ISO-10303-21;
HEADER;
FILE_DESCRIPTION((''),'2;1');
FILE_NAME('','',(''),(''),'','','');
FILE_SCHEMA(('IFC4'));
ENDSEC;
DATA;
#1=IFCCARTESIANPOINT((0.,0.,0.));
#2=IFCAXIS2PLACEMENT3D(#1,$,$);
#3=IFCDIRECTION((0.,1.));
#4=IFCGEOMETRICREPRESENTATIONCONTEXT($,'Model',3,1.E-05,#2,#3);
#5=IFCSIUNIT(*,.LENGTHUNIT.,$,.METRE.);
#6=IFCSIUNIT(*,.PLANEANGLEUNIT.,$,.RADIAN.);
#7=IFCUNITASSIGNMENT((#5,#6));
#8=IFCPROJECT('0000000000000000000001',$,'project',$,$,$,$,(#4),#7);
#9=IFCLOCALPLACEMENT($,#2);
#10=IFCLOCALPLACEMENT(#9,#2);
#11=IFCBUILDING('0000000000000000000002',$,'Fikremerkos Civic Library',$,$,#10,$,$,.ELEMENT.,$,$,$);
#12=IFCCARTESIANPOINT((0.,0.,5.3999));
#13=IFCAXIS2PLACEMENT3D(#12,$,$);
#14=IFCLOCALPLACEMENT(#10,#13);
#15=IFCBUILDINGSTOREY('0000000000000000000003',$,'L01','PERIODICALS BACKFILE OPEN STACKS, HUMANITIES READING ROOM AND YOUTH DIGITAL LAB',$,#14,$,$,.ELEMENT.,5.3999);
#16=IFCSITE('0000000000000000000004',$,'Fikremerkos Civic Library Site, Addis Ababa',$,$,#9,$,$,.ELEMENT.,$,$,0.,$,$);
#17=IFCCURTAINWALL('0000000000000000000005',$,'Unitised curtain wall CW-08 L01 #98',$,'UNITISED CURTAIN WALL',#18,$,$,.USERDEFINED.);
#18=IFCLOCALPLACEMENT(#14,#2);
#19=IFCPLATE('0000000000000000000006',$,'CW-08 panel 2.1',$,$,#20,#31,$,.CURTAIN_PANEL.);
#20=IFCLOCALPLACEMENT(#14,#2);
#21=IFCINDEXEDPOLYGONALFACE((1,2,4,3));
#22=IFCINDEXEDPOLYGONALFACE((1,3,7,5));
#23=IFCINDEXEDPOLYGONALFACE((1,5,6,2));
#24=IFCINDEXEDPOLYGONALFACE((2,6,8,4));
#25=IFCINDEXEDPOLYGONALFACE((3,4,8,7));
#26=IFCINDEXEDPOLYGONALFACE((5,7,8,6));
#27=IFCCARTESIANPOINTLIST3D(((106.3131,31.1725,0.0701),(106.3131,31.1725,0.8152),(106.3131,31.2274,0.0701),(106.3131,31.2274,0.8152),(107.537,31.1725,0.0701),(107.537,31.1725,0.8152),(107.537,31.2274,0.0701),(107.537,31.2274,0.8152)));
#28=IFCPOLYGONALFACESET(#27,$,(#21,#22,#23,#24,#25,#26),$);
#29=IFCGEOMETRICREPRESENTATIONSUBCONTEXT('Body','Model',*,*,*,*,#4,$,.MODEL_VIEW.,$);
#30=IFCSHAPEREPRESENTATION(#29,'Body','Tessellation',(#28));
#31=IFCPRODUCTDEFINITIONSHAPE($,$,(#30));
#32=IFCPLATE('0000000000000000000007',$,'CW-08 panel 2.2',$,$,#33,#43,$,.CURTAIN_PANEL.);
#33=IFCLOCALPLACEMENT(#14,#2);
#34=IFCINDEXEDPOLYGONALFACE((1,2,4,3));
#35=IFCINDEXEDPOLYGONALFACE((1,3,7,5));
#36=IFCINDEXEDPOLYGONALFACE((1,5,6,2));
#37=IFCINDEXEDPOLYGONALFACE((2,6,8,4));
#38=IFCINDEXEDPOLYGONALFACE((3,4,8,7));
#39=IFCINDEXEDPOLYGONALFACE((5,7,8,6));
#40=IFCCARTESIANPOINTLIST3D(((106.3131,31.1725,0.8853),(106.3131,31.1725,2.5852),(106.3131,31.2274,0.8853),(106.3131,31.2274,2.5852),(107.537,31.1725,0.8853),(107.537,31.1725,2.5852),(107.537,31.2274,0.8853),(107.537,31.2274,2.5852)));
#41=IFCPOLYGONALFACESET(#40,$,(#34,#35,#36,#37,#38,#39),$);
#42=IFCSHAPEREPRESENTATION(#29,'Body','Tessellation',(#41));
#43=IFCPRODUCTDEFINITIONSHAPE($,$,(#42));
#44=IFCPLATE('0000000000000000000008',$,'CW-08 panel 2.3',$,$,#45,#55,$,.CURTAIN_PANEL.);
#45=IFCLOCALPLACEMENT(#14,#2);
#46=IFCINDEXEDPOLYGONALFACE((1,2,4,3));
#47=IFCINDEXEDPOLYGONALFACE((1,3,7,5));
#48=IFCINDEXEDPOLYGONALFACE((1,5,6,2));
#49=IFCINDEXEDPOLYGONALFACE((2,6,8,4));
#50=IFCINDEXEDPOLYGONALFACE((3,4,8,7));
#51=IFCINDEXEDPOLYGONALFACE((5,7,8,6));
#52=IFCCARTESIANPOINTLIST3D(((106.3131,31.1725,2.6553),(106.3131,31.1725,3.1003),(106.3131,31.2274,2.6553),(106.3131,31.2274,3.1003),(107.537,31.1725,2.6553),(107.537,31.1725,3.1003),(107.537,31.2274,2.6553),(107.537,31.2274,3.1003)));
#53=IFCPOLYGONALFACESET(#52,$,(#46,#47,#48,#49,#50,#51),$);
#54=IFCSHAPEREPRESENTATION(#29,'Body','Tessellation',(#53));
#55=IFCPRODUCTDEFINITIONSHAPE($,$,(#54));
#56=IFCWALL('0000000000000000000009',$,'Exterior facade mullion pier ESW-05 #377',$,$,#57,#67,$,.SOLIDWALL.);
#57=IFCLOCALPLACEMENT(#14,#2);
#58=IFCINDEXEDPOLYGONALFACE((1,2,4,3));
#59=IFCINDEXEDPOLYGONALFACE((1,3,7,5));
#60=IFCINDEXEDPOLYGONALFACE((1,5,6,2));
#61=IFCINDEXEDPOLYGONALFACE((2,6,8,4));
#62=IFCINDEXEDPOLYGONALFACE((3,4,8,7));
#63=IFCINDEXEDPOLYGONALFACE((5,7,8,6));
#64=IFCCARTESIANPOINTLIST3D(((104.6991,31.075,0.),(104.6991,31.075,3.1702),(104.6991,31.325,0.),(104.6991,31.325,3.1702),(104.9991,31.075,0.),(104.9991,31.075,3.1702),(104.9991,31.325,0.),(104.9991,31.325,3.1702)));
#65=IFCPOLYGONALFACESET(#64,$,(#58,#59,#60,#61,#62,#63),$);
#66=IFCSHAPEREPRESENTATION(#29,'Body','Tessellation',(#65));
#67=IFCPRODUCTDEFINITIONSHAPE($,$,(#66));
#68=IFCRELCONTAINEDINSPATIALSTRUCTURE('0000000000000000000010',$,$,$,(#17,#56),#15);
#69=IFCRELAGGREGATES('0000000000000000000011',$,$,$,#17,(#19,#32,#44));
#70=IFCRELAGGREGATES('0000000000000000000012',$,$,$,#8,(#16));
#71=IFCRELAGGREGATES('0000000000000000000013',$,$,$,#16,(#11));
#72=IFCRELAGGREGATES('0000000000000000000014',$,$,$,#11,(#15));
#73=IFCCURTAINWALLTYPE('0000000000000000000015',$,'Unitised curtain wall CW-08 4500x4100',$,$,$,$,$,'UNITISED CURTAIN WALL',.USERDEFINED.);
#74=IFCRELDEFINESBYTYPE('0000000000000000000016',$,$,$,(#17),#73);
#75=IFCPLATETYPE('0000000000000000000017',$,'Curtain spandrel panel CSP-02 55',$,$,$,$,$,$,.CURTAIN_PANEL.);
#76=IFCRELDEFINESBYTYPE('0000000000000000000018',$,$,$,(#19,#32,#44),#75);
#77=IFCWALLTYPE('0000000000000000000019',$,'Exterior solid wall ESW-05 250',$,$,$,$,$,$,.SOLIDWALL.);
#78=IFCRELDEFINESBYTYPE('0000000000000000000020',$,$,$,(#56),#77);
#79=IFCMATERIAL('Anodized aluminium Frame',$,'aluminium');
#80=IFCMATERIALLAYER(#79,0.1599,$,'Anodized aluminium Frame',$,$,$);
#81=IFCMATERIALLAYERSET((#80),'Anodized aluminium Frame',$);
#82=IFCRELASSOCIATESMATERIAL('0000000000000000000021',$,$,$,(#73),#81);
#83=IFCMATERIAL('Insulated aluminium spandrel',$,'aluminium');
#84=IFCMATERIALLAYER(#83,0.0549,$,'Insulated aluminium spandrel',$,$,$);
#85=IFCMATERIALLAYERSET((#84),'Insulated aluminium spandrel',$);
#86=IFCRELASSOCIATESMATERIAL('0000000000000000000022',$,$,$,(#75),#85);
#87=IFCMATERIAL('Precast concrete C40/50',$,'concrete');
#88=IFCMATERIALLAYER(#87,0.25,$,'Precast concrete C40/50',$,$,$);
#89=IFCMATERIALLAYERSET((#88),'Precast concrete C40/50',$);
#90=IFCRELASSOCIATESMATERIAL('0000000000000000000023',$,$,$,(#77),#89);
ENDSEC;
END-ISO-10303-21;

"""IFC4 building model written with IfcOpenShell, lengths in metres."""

from ifc_helpers import new_model, si_unit, direction, frame, frame_2d, origin, origin_2d, place, context, subcontext, project, spatial, rectangle, extrude, material, layer, layer_set, type_object, element, aggregate, save


model = new_model("IFC4")

# Units and contexts
model_context = context("Model", 3, precision=1e-05, world=origin(), true_north=direction((0.0, 1.0)))
body_context = subcontext(model_context, "Body", "Model", "MODEL_VIEW")
ifc_project = project(units=[si_unit("LENGTHUNIT", "METRE"), si_unit("PLANEANGLEUNIT", "RADIAN")], contexts=[model_context])

# Site, building, storey
site_placement = place(None, origin())
site = spatial("IfcSite", under=ifc_project, at=site_placement, Name="Fikremerkos Civic Library Site, Addis Ababa", CompositionType="ELEMENT", RefElevation=0.0)
building_placement = place(site_placement, origin())
building = spatial("IfcBuilding", under=site, at=building_placement, Name="Fikremerkos Civic Library", CompositionType="ELEMENT")
storey_placement = place(building_placement, frame((0.0, 0.0, 5.3999)))
storey = spatial("IfcBuildingStorey", under=building, at=storey_placement, Name="L01", Description="PERIODICALS BACKFILE OPEN STACKS, HUMANITIES READING ROOM AND YOUTH DIGITAL LAB", CompositionType="ELEMENT", Elevation=5.3999)

# Curtain wall
ifc_material_1 = material(Name="Anodized aluminium Frame", Category="aluminium")
ifc_layer_1 = layer(ifc_material_1, 0.1599, Name="Anodized aluminium Frame")
ifc_layer_set_1 = layer_set([ifc_layer_1], Name="Anodized aluminium Frame")
curtain_wall_type_1 = type_object("IfcCurtainWallType", Name="Unitised curtain wall CW-08 4500x4100", ElementType="UNITISED CURTAIN WALL", PredefinedType="USERDEFINED", material=ifc_layer_set_1)
curtain_wall_1_placement = place(storey_placement, origin())
curtain_wall_1 = element("IfcCurtainWall", 1, at=curtain_wall_1_placement, inside=storey, type_object=curtain_wall_type_1, Name="Unitised curtain wall CW-08 L01 #98", ObjectType="UNITISED CURTAIN WALL", PredefinedType="USERDEFINED")

# Plates
ifc_material_2 = material(Name="Insulated aluminium spandrel", Category="aluminium")
ifc_layer_2 = layer(ifc_material_2, 0.0549, Name="Insulated aluminium spandrel")
ifc_layer_set_2 = layer_set([ifc_layer_2], Name="Insulated aluminium spandrel")
plate_type_1 = type_object("IfcPlateType", Name="Curtain spandrel panel CSP-02 55", PredefinedType="CURTAIN_PANEL", material=ifc_layer_set_2)
plate_1_placement = place(storey_placement, frame((106.925, 31.2, 0.0701), z_axis=(0.0, 0.0, 1.0), x_axis=(1.0, 0.0, 0.0)))
plate_1 = element("IfcPlate", 2, at=plate_1_placement, type_object=plate_type_1, Name="CW-08 panel 2.1", PredefinedType="CURTAIN_PANEL", context=body_context, shape_type="SweptSolid", body=[
    extrude(rectangle(XDim=1.2239, YDim=0.0549, at=origin_2d()), origin(), (0.0, 0.0, 1.0), 0.7451),
])
plate_2_placement = place(storey_placement, frame((106.925, 31.2, 0.8853), z_axis=(0.0, 0.0, 1.0), x_axis=(1.0, 0.0, 0.0)))
plate_2 = element("IfcPlate", 3, at=plate_2_placement, type_object=plate_type_1, Name="CW-08 panel 2.2", PredefinedType="CURTAIN_PANEL", context=body_context, shape_type="SweptSolid", body=[
    extrude(rectangle(XDim=1.2239, YDim=0.0549, at=origin_2d()), origin(), (0.0, 0.0, 1.0), 1.7),
])
plate_3_placement = place(storey_placement, frame((106.925, 31.2, 2.6553), z_axis=(0.0, 0.0, 1.0), x_axis=(1.0, 0.0, 0.0)))
plate_3 = element("IfcPlate", 4, at=plate_3_placement, type_object=plate_type_1, Name="CW-08 panel 2.3", PredefinedType="CURTAIN_PANEL", context=body_context, shape_type="SweptSolid", body=[
    extrude(rectangle(XDim=1.2239, YDim=0.0549, at=origin_2d()), origin(), (0.0, 0.0, 1.0), 0.4451),
])
aggregate(curtain_wall_1, [plate_1, plate_2, plate_3])

# Wall
ifc_material_3 = material(Name="Precast concrete C40/50", Category="concrete")
ifc_layer_3 = layer(ifc_material_3, 0.25, Name="Precast concrete C40/50")
ifc_layer_set_3 = layer_set([ifc_layer_3], Name="Precast concrete C40/50")
wall_type = type_object("IfcWallType", Name="Exterior solid wall ESW-05 250", PredefinedType="SOLIDWALL", material=ifc_layer_set_3)
wall_placement = place(storey_placement, frame((104.6992, 31.2, 0.0), z_axis=(0.0, 0.0, 1.0), x_axis=(1.0, 0.0, 0.0)))
element("IfcWall", 5, at=wall_placement, inside=storey, type_object=wall_type, Name="Exterior facade mullion pier ESW-05 #377", PredefinedType="SOLIDWALL", context=body_context, shape_type="SweptSolid", body=[
    extrude(rectangle(XDim=0.3, YDim=0.25, at=frame_2d((0.1499, 0.0))), origin(), (0.0, 0.0, 1.0), 3.1702),
])

save(model, "model.ifc")
